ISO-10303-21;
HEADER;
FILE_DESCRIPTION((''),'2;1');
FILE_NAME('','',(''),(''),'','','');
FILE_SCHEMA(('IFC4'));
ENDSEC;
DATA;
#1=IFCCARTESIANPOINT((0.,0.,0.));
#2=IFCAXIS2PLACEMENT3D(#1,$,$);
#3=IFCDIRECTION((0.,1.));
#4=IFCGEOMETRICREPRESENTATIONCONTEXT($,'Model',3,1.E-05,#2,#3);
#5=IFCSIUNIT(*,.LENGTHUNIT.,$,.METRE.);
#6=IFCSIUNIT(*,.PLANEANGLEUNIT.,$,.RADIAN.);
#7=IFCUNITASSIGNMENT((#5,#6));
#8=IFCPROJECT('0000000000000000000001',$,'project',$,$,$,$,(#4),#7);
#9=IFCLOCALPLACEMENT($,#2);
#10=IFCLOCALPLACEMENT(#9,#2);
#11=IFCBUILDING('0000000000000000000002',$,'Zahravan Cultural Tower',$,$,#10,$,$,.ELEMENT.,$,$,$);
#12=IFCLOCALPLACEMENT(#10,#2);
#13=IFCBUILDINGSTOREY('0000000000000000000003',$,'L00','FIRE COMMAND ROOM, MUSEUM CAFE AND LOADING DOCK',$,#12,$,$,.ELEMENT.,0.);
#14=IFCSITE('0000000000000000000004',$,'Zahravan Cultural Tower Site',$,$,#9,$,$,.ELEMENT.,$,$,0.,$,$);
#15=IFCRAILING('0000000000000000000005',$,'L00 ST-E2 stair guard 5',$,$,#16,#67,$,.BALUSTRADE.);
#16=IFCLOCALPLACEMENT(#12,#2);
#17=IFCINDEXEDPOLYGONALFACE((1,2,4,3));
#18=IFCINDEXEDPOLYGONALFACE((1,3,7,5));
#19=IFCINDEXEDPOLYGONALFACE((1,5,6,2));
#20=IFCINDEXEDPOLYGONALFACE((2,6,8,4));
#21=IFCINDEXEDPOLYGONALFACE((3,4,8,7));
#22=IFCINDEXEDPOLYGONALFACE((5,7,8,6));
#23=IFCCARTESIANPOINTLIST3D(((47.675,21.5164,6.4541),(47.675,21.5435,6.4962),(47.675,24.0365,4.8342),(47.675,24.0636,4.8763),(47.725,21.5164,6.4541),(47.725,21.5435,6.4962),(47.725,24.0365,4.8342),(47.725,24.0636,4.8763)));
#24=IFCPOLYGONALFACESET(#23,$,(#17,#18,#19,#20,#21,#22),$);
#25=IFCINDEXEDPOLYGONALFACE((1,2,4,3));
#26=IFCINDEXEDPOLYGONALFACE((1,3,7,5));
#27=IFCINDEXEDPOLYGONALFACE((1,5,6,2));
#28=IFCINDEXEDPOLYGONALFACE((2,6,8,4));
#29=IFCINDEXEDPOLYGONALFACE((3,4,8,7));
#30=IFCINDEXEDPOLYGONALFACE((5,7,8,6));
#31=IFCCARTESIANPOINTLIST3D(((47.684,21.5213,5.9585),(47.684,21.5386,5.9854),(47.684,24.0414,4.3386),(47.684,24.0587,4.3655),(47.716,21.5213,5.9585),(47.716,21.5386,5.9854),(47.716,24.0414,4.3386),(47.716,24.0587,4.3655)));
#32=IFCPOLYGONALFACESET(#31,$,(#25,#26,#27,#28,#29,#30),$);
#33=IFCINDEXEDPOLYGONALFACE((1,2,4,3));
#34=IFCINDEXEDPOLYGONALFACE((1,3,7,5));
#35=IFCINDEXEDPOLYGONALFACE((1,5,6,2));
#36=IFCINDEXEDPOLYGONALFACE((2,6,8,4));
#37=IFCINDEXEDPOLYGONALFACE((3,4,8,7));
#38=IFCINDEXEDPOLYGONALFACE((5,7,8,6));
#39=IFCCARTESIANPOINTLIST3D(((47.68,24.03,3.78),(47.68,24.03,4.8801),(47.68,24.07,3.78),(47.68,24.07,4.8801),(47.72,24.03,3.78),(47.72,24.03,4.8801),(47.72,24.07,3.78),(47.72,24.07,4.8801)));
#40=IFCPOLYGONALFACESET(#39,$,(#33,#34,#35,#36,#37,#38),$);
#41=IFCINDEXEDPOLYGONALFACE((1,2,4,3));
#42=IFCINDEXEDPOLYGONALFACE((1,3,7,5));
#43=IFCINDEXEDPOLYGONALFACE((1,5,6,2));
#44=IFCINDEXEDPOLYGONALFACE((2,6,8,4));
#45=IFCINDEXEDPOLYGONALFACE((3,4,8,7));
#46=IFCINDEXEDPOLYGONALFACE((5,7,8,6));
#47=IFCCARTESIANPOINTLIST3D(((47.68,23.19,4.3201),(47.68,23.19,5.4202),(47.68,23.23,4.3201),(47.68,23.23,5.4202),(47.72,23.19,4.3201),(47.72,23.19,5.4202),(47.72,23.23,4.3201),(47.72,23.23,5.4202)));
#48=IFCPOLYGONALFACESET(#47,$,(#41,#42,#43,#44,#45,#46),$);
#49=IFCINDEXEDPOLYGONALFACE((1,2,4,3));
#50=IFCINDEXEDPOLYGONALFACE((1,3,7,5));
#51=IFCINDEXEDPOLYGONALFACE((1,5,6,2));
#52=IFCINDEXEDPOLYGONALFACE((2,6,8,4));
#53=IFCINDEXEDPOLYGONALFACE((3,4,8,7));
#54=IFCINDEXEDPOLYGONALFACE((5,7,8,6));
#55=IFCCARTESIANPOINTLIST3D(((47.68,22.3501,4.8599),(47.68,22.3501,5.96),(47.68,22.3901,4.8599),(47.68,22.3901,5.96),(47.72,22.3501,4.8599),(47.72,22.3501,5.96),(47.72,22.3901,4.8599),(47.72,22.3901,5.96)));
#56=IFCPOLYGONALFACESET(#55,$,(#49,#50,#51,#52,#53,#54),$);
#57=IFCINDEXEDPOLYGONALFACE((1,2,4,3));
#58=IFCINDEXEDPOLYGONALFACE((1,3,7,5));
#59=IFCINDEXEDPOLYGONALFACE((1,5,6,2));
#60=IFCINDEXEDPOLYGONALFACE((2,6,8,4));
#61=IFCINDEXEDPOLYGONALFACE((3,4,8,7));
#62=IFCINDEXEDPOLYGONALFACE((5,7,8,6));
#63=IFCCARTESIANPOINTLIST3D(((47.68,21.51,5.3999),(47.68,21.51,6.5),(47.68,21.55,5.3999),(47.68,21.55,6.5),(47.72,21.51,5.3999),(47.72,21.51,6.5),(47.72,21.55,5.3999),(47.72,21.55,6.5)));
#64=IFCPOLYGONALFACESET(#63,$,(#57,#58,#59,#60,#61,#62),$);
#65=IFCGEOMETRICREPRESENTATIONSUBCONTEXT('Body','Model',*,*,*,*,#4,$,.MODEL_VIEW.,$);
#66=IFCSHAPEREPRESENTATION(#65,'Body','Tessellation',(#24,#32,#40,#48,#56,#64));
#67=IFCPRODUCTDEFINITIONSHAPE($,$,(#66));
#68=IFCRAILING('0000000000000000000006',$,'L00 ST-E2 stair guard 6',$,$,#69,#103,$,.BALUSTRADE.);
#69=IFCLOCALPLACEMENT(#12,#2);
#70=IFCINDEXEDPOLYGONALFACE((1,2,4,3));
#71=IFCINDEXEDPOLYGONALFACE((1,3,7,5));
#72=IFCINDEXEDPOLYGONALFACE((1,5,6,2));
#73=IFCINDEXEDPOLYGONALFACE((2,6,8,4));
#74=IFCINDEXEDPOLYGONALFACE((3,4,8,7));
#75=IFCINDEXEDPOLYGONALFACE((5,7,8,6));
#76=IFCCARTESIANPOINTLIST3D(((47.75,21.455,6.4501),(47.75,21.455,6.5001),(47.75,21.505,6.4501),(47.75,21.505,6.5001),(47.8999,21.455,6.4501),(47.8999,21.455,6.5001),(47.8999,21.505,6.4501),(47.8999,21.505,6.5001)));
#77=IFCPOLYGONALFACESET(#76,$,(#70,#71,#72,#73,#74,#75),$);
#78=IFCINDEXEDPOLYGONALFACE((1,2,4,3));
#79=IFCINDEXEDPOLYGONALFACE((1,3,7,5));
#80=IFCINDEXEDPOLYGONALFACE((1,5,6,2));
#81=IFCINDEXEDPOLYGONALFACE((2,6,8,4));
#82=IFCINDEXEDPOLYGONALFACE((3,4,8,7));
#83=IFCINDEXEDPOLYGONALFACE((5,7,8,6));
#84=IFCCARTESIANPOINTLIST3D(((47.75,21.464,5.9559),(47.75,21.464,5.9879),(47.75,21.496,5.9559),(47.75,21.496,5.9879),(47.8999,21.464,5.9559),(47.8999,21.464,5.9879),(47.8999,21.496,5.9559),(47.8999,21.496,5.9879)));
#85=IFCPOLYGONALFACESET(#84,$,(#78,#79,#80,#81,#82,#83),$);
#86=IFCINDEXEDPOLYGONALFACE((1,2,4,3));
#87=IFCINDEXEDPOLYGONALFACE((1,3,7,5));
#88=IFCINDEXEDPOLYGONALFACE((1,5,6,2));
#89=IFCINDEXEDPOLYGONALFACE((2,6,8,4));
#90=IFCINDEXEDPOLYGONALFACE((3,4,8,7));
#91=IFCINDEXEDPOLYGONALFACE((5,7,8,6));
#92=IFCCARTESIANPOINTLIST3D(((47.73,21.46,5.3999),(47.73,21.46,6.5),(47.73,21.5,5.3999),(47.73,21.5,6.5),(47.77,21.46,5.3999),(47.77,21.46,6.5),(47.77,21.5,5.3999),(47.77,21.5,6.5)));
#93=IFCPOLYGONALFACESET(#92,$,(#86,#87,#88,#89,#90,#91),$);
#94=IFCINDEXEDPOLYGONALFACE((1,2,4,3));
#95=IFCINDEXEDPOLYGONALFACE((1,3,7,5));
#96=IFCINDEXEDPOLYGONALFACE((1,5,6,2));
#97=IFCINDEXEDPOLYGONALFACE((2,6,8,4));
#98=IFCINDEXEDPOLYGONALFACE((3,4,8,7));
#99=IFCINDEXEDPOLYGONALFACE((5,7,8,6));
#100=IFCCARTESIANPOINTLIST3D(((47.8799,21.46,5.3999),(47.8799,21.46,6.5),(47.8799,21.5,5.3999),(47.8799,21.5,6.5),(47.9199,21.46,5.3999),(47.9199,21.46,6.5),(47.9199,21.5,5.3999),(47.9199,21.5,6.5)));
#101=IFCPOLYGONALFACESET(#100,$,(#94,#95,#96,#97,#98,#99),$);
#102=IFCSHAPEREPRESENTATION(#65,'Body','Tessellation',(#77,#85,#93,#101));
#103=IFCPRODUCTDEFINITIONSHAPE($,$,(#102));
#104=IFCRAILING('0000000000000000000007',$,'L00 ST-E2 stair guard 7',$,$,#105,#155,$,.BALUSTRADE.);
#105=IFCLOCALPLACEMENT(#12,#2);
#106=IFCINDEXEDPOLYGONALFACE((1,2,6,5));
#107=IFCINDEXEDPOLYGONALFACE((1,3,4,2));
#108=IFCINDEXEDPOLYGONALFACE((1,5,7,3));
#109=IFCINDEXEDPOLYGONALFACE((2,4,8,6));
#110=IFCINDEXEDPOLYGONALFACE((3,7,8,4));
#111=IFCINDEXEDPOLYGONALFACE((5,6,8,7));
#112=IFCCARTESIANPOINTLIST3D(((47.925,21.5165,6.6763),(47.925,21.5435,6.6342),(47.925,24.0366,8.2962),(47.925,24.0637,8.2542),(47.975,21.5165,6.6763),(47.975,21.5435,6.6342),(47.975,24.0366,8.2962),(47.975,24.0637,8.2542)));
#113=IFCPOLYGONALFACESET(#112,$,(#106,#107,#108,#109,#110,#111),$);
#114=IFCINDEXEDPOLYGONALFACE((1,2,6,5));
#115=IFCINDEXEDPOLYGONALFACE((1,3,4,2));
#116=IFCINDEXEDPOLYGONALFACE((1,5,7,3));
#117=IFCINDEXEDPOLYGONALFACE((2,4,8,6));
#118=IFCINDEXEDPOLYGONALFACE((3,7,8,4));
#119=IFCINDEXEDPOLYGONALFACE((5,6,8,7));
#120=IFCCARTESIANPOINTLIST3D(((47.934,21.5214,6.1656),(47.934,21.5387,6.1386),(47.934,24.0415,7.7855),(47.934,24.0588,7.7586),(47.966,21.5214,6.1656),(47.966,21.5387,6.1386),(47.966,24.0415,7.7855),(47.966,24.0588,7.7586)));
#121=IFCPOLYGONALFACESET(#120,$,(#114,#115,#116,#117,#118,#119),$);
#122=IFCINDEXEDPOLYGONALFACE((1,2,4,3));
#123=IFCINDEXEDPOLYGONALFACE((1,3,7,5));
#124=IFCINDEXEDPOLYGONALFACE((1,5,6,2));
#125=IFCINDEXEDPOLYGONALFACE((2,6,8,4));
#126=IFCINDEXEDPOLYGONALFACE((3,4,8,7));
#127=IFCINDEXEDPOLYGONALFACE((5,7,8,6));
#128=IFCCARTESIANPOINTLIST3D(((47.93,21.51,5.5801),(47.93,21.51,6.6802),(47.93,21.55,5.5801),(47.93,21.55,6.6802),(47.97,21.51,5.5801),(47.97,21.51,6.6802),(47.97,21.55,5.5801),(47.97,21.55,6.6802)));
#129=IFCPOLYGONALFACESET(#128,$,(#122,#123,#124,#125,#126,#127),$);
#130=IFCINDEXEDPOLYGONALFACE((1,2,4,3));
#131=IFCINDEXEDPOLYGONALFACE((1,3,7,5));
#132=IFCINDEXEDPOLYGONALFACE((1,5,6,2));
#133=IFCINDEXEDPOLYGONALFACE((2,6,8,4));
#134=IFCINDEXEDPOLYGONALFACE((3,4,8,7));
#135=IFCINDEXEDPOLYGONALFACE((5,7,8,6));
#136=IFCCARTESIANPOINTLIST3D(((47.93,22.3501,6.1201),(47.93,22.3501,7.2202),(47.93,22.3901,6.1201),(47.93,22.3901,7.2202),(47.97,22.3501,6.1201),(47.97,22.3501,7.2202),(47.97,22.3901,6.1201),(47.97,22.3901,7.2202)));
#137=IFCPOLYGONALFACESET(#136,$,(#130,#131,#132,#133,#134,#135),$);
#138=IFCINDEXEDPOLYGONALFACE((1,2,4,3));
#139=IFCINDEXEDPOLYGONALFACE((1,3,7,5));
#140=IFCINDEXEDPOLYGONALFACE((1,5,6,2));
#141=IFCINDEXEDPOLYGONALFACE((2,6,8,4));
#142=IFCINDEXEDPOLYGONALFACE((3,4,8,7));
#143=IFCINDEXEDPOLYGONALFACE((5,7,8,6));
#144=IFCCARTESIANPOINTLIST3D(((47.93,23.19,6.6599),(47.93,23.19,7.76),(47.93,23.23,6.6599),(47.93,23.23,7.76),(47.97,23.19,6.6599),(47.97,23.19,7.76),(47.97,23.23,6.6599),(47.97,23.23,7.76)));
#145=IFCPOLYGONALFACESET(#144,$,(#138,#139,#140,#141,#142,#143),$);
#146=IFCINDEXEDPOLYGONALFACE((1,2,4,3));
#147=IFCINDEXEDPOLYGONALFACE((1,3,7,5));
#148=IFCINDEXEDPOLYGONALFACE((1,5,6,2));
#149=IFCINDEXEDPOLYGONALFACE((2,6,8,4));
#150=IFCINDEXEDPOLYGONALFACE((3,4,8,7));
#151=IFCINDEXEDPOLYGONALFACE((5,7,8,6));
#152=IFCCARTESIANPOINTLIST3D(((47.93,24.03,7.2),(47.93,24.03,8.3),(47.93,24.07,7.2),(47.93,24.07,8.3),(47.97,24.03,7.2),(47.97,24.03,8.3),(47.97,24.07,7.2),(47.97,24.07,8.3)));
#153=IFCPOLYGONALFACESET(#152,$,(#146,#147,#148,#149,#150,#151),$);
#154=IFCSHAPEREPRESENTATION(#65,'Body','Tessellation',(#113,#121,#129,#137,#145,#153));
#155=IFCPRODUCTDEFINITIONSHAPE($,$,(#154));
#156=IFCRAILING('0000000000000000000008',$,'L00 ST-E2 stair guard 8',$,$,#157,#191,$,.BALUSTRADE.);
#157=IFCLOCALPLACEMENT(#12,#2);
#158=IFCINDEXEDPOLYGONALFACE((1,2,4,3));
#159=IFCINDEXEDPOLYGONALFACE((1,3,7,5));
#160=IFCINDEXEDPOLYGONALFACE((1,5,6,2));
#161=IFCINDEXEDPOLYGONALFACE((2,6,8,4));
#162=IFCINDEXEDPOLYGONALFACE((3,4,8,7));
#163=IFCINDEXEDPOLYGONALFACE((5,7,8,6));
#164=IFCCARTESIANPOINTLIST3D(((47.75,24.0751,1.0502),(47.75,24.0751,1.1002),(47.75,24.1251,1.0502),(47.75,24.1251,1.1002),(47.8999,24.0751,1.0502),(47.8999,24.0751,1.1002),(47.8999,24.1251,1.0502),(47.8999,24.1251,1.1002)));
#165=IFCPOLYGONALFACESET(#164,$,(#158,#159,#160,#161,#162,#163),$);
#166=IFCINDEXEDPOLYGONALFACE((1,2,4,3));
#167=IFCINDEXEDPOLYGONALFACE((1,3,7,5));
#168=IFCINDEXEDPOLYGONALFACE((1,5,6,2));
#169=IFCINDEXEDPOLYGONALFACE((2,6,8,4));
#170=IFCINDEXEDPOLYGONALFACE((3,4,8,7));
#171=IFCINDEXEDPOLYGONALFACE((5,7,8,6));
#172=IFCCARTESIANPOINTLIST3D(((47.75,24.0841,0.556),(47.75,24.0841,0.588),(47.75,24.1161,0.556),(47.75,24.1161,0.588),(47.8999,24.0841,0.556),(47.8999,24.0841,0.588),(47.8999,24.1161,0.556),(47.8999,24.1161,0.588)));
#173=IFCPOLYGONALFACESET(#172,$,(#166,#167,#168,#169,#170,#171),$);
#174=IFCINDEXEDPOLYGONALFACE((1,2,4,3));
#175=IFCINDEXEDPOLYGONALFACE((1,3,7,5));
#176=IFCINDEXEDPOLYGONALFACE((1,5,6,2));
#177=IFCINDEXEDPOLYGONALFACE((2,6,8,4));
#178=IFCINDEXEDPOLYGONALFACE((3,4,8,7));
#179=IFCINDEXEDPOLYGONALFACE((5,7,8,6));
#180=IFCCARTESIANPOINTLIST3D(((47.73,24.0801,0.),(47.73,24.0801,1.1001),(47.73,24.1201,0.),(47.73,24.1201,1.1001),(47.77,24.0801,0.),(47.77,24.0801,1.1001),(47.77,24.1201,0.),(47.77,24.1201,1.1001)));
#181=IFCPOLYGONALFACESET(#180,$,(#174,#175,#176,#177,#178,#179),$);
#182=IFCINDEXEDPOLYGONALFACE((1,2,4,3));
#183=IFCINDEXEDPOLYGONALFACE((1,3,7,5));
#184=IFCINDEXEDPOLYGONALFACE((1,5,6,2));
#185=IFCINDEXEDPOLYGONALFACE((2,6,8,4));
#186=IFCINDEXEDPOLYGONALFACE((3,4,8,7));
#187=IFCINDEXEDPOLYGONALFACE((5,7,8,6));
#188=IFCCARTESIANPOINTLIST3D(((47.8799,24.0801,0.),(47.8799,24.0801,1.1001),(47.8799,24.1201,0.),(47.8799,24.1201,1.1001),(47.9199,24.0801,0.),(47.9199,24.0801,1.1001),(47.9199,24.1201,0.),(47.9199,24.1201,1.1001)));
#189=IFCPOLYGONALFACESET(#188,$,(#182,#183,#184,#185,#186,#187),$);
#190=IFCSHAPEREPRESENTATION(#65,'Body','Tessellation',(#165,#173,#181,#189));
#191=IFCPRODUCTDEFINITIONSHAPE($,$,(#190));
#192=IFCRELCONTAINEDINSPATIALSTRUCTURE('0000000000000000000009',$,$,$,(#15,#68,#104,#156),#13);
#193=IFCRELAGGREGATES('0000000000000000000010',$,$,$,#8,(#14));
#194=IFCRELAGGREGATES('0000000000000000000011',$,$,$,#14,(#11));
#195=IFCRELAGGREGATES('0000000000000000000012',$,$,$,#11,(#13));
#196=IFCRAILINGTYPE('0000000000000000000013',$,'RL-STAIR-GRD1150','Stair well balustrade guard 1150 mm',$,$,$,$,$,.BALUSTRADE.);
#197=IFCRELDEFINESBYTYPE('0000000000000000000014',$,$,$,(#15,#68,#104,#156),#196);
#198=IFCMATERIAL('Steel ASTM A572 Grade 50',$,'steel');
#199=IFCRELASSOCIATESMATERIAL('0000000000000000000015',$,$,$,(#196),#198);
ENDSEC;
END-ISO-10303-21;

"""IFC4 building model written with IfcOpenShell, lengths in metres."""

from ifc_helpers import new_model, si_unit, direction, frame, origin, origin_2d, place, context, subcontext, project, spatial, rectangle, extrude, material, type_object, element, save


model = new_model("IFC4")

# Units and contexts
model_context = context("Model", 3, precision=1e-05, world=origin(), true_north=direction((0.0, 1.0)))
body_context = subcontext(model_context, "Body", "Model", "MODEL_VIEW")
ifc_project = project(units=[si_unit("LENGTHUNIT", "METRE"), si_unit("PLANEANGLEUNIT", "RADIAN")], contexts=[model_context])

# Site, building, storey
site_placement = place(None, origin())
site = spatial("IfcSite", under=ifc_project, at=site_placement, Name="Zahravan Cultural Tower Site", CompositionType="ELEMENT", RefElevation=0.0)
building_placement = place(site_placement, origin())
building = spatial("IfcBuilding", under=site, at=building_placement, Name="Zahravan Cultural Tower", CompositionType="ELEMENT")
storey_placement = place(building_placement, origin())
storey = spatial("IfcBuildingStorey", under=building, at=storey_placement, Name="L00", Description="FIRE COMMAND ROOM, MUSEUM CAFE AND LOADING DOCK", CompositionType="ELEMENT", Elevation=0.0)

# Railings
ifc_material_1 = material(Name="Steel ASTM A572 Grade 50", Category="steel")
railing_type_1 = type_object("IfcRailingType", Name="RL-STAIR-GRD1150", Description="Stair well balustrade guard 1150 mm", PredefinedType="BALUSTRADE", material=ifc_material_1)
railing_1_placement = place(storey_placement, frame((47.7, 24.05, 3.78)))
element("IfcRailing", 1, at=railing_1_placement, inside=storey, type_object=railing_type_1, Name="L00 ST-E2 stair guard 5", PredefinedType="BALUSTRADE", context=body_context, shape_type="SweptSolid", body=[
    extrude(rectangle(XDim=0.05, YDim=0.05, at=origin_2d()), frame((0.0, 0.0, 1.0752), z_axis=(0.0, -0.8412, 0.540725), x_axis=(1.0, 0.0, 0.0)), (0.0, 0.0, 1.0), 2.9958),
    extrude(rectangle(XDim=0.032, YDim=0.032, at=origin_2d()), frame((0.0, 0.0, 0.572), z_axis=(0.0, -0.8412, 0.540725), x_axis=(1.0, 0.0, 0.0)), (0.0, 0.0, 1.0), 2.9958),
    extrude(rectangle(XDim=0.04, YDim=0.04, at=origin_2d()), origin(), (0.0, 0.0, 1.0), 1.1001),
    extrude(rectangle(XDim=0.04, YDim=0.04, at=origin_2d()), frame((0.0, -0.8401, 0.54)), (0.0, 0.0, 1.0), 1.1001),
    extrude(rectangle(XDim=0.04, YDim=0.04, at=origin_2d()), frame((0.0, -1.6799, 1.0798)), (0.0, 0.0, 1.0), 1.1001),
    extrude(rectangle(XDim=0.04, YDim=0.04, at=origin_2d()), frame((0.0, -2.52, 1.6199)), (0.0, 0.0, 1.0), 1.1001),
])
railing_2_placement = place(storey_placement, frame((47.75, 21.48, 5.3999)))
element("IfcRailing", 2, at=railing_2_placement, inside=storey, type_object=railing_type_1, Name="L00 ST-E2 stair guard 6", PredefinedType="BALUSTRADE", context=body_context, shape_type="SweptSolid", body=[
    extrude(rectangle(XDim=0.05, YDim=0.05, at=origin_2d()), frame((0.0, 0.0, 1.0752), z_axis=(1.0, 0.0, 0.0), x_axis=(0.0, 1.0, 0.0)), (0.0, 0.0, 1.0), 0.1499),
    extrude(rectangle(XDim=0.032, YDim=0.032, at=origin_2d()), frame((0.0, 0.0, 0.572), z_axis=(1.0, 0.0, 0.0), x_axis=(0.0, 1.0, 0.0)), (0.0, 0.0, 1.0), 0.1499),
    extrude(rectangle(XDim=0.04, YDim=0.04, at=origin_2d()), origin(), (0.0, 0.0, 1.0), 1.1001),
    extrude(rectangle(XDim=0.04, YDim=0.04, at=origin_2d()), frame((0.1499, 0.0, 0.0)), (0.0, 0.0, 1.0), 1.1001),
])
railing_3_placement = place(storey_placement, frame((47.95, 21.53, 5.5801)))
element("IfcRailing", 3, at=railing_3_placement, inside=storey, type_object=railing_type_1, Name="L00 ST-E2 stair guard 7", PredefinedType="BALUSTRADE", context=body_context, shape_type="SweptSolid", body=[
    extrude(rectangle(XDim=0.05, YDim=0.05, at=origin_2d()), frame((0.0, 0.0, 1.0752), z_axis=(0.0, 0.8412, 0.540725), x_axis=(-1.0, 0.0, 0.0)), (0.0, 0.0, 1.0), 2.9958),
    extrude(rectangle(XDim=0.032, YDim=0.032, at=origin_2d()), frame((0.0, 0.0, 0.572), z_axis=(0.0, 0.8412, 0.540725), x_axis=(-1.0, 0.0, 0.0)), (0.0, 0.0, 1.0), 2.9958),
    extrude(rectangle(XDim=0.04, YDim=0.04, at=origin_2d()), origin(), (0.0, 0.0, 1.0), 1.1001),
    extrude(rectangle(XDim=0.04, YDim=0.04, at=origin_2d()), frame((0.0, 0.8401, 0.54)), (0.0, 0.0, 1.0), 1.1001),
    extrude(rectangle(XDim=0.04, YDim=0.04, at=origin_2d()), frame((0.0, 1.6799, 1.0798)), (0.0, 0.0, 1.0), 1.1001),
    extrude(rectangle(XDim=0.04, YDim=0.04, at=origin_2d()), frame((0.0, 2.52, 1.6199)), (0.0, 0.0, 1.0), 1.1001),
])
railing_4_placement = place(storey_placement, frame((47.75, 24.1001, 0.0)))
element("IfcRailing", 4, at=railing_4_placement, inside=storey, type_object=railing_type_1, Name="L00 ST-E2 stair guard 8", PredefinedType="BALUSTRADE", context=body_context, shape_type="SweptSolid", body=[
    extrude(rectangle(XDim=0.05, YDim=0.05, at=origin_2d()), frame((0.0, 0.0, 1.0752), z_axis=(1.0, 0.0, 0.0), x_axis=(0.0, 1.0, 0.0)), (0.0, 0.0, 1.0), 0.1499),
    extrude(rectangle(XDim=0.032, YDim=0.032, at=origin_2d()), frame((0.0, 0.0, 0.572), z_axis=(1.0, 0.0, 0.0), x_axis=(0.0, 1.0, 0.0)), (0.0, 0.0, 1.0), 0.1499),
    extrude(rectangle(XDim=0.04, YDim=0.04, at=origin_2d()), origin(), (0.0, 0.0, 1.0), 1.1001),
    extrude(rectangle(XDim=0.04, YDim=0.04, at=origin_2d()), frame((0.1499, 0.0, 0.0)), (0.0, 0.0, 1.0), 1.1001),
])

save(model, "model.ifc")
